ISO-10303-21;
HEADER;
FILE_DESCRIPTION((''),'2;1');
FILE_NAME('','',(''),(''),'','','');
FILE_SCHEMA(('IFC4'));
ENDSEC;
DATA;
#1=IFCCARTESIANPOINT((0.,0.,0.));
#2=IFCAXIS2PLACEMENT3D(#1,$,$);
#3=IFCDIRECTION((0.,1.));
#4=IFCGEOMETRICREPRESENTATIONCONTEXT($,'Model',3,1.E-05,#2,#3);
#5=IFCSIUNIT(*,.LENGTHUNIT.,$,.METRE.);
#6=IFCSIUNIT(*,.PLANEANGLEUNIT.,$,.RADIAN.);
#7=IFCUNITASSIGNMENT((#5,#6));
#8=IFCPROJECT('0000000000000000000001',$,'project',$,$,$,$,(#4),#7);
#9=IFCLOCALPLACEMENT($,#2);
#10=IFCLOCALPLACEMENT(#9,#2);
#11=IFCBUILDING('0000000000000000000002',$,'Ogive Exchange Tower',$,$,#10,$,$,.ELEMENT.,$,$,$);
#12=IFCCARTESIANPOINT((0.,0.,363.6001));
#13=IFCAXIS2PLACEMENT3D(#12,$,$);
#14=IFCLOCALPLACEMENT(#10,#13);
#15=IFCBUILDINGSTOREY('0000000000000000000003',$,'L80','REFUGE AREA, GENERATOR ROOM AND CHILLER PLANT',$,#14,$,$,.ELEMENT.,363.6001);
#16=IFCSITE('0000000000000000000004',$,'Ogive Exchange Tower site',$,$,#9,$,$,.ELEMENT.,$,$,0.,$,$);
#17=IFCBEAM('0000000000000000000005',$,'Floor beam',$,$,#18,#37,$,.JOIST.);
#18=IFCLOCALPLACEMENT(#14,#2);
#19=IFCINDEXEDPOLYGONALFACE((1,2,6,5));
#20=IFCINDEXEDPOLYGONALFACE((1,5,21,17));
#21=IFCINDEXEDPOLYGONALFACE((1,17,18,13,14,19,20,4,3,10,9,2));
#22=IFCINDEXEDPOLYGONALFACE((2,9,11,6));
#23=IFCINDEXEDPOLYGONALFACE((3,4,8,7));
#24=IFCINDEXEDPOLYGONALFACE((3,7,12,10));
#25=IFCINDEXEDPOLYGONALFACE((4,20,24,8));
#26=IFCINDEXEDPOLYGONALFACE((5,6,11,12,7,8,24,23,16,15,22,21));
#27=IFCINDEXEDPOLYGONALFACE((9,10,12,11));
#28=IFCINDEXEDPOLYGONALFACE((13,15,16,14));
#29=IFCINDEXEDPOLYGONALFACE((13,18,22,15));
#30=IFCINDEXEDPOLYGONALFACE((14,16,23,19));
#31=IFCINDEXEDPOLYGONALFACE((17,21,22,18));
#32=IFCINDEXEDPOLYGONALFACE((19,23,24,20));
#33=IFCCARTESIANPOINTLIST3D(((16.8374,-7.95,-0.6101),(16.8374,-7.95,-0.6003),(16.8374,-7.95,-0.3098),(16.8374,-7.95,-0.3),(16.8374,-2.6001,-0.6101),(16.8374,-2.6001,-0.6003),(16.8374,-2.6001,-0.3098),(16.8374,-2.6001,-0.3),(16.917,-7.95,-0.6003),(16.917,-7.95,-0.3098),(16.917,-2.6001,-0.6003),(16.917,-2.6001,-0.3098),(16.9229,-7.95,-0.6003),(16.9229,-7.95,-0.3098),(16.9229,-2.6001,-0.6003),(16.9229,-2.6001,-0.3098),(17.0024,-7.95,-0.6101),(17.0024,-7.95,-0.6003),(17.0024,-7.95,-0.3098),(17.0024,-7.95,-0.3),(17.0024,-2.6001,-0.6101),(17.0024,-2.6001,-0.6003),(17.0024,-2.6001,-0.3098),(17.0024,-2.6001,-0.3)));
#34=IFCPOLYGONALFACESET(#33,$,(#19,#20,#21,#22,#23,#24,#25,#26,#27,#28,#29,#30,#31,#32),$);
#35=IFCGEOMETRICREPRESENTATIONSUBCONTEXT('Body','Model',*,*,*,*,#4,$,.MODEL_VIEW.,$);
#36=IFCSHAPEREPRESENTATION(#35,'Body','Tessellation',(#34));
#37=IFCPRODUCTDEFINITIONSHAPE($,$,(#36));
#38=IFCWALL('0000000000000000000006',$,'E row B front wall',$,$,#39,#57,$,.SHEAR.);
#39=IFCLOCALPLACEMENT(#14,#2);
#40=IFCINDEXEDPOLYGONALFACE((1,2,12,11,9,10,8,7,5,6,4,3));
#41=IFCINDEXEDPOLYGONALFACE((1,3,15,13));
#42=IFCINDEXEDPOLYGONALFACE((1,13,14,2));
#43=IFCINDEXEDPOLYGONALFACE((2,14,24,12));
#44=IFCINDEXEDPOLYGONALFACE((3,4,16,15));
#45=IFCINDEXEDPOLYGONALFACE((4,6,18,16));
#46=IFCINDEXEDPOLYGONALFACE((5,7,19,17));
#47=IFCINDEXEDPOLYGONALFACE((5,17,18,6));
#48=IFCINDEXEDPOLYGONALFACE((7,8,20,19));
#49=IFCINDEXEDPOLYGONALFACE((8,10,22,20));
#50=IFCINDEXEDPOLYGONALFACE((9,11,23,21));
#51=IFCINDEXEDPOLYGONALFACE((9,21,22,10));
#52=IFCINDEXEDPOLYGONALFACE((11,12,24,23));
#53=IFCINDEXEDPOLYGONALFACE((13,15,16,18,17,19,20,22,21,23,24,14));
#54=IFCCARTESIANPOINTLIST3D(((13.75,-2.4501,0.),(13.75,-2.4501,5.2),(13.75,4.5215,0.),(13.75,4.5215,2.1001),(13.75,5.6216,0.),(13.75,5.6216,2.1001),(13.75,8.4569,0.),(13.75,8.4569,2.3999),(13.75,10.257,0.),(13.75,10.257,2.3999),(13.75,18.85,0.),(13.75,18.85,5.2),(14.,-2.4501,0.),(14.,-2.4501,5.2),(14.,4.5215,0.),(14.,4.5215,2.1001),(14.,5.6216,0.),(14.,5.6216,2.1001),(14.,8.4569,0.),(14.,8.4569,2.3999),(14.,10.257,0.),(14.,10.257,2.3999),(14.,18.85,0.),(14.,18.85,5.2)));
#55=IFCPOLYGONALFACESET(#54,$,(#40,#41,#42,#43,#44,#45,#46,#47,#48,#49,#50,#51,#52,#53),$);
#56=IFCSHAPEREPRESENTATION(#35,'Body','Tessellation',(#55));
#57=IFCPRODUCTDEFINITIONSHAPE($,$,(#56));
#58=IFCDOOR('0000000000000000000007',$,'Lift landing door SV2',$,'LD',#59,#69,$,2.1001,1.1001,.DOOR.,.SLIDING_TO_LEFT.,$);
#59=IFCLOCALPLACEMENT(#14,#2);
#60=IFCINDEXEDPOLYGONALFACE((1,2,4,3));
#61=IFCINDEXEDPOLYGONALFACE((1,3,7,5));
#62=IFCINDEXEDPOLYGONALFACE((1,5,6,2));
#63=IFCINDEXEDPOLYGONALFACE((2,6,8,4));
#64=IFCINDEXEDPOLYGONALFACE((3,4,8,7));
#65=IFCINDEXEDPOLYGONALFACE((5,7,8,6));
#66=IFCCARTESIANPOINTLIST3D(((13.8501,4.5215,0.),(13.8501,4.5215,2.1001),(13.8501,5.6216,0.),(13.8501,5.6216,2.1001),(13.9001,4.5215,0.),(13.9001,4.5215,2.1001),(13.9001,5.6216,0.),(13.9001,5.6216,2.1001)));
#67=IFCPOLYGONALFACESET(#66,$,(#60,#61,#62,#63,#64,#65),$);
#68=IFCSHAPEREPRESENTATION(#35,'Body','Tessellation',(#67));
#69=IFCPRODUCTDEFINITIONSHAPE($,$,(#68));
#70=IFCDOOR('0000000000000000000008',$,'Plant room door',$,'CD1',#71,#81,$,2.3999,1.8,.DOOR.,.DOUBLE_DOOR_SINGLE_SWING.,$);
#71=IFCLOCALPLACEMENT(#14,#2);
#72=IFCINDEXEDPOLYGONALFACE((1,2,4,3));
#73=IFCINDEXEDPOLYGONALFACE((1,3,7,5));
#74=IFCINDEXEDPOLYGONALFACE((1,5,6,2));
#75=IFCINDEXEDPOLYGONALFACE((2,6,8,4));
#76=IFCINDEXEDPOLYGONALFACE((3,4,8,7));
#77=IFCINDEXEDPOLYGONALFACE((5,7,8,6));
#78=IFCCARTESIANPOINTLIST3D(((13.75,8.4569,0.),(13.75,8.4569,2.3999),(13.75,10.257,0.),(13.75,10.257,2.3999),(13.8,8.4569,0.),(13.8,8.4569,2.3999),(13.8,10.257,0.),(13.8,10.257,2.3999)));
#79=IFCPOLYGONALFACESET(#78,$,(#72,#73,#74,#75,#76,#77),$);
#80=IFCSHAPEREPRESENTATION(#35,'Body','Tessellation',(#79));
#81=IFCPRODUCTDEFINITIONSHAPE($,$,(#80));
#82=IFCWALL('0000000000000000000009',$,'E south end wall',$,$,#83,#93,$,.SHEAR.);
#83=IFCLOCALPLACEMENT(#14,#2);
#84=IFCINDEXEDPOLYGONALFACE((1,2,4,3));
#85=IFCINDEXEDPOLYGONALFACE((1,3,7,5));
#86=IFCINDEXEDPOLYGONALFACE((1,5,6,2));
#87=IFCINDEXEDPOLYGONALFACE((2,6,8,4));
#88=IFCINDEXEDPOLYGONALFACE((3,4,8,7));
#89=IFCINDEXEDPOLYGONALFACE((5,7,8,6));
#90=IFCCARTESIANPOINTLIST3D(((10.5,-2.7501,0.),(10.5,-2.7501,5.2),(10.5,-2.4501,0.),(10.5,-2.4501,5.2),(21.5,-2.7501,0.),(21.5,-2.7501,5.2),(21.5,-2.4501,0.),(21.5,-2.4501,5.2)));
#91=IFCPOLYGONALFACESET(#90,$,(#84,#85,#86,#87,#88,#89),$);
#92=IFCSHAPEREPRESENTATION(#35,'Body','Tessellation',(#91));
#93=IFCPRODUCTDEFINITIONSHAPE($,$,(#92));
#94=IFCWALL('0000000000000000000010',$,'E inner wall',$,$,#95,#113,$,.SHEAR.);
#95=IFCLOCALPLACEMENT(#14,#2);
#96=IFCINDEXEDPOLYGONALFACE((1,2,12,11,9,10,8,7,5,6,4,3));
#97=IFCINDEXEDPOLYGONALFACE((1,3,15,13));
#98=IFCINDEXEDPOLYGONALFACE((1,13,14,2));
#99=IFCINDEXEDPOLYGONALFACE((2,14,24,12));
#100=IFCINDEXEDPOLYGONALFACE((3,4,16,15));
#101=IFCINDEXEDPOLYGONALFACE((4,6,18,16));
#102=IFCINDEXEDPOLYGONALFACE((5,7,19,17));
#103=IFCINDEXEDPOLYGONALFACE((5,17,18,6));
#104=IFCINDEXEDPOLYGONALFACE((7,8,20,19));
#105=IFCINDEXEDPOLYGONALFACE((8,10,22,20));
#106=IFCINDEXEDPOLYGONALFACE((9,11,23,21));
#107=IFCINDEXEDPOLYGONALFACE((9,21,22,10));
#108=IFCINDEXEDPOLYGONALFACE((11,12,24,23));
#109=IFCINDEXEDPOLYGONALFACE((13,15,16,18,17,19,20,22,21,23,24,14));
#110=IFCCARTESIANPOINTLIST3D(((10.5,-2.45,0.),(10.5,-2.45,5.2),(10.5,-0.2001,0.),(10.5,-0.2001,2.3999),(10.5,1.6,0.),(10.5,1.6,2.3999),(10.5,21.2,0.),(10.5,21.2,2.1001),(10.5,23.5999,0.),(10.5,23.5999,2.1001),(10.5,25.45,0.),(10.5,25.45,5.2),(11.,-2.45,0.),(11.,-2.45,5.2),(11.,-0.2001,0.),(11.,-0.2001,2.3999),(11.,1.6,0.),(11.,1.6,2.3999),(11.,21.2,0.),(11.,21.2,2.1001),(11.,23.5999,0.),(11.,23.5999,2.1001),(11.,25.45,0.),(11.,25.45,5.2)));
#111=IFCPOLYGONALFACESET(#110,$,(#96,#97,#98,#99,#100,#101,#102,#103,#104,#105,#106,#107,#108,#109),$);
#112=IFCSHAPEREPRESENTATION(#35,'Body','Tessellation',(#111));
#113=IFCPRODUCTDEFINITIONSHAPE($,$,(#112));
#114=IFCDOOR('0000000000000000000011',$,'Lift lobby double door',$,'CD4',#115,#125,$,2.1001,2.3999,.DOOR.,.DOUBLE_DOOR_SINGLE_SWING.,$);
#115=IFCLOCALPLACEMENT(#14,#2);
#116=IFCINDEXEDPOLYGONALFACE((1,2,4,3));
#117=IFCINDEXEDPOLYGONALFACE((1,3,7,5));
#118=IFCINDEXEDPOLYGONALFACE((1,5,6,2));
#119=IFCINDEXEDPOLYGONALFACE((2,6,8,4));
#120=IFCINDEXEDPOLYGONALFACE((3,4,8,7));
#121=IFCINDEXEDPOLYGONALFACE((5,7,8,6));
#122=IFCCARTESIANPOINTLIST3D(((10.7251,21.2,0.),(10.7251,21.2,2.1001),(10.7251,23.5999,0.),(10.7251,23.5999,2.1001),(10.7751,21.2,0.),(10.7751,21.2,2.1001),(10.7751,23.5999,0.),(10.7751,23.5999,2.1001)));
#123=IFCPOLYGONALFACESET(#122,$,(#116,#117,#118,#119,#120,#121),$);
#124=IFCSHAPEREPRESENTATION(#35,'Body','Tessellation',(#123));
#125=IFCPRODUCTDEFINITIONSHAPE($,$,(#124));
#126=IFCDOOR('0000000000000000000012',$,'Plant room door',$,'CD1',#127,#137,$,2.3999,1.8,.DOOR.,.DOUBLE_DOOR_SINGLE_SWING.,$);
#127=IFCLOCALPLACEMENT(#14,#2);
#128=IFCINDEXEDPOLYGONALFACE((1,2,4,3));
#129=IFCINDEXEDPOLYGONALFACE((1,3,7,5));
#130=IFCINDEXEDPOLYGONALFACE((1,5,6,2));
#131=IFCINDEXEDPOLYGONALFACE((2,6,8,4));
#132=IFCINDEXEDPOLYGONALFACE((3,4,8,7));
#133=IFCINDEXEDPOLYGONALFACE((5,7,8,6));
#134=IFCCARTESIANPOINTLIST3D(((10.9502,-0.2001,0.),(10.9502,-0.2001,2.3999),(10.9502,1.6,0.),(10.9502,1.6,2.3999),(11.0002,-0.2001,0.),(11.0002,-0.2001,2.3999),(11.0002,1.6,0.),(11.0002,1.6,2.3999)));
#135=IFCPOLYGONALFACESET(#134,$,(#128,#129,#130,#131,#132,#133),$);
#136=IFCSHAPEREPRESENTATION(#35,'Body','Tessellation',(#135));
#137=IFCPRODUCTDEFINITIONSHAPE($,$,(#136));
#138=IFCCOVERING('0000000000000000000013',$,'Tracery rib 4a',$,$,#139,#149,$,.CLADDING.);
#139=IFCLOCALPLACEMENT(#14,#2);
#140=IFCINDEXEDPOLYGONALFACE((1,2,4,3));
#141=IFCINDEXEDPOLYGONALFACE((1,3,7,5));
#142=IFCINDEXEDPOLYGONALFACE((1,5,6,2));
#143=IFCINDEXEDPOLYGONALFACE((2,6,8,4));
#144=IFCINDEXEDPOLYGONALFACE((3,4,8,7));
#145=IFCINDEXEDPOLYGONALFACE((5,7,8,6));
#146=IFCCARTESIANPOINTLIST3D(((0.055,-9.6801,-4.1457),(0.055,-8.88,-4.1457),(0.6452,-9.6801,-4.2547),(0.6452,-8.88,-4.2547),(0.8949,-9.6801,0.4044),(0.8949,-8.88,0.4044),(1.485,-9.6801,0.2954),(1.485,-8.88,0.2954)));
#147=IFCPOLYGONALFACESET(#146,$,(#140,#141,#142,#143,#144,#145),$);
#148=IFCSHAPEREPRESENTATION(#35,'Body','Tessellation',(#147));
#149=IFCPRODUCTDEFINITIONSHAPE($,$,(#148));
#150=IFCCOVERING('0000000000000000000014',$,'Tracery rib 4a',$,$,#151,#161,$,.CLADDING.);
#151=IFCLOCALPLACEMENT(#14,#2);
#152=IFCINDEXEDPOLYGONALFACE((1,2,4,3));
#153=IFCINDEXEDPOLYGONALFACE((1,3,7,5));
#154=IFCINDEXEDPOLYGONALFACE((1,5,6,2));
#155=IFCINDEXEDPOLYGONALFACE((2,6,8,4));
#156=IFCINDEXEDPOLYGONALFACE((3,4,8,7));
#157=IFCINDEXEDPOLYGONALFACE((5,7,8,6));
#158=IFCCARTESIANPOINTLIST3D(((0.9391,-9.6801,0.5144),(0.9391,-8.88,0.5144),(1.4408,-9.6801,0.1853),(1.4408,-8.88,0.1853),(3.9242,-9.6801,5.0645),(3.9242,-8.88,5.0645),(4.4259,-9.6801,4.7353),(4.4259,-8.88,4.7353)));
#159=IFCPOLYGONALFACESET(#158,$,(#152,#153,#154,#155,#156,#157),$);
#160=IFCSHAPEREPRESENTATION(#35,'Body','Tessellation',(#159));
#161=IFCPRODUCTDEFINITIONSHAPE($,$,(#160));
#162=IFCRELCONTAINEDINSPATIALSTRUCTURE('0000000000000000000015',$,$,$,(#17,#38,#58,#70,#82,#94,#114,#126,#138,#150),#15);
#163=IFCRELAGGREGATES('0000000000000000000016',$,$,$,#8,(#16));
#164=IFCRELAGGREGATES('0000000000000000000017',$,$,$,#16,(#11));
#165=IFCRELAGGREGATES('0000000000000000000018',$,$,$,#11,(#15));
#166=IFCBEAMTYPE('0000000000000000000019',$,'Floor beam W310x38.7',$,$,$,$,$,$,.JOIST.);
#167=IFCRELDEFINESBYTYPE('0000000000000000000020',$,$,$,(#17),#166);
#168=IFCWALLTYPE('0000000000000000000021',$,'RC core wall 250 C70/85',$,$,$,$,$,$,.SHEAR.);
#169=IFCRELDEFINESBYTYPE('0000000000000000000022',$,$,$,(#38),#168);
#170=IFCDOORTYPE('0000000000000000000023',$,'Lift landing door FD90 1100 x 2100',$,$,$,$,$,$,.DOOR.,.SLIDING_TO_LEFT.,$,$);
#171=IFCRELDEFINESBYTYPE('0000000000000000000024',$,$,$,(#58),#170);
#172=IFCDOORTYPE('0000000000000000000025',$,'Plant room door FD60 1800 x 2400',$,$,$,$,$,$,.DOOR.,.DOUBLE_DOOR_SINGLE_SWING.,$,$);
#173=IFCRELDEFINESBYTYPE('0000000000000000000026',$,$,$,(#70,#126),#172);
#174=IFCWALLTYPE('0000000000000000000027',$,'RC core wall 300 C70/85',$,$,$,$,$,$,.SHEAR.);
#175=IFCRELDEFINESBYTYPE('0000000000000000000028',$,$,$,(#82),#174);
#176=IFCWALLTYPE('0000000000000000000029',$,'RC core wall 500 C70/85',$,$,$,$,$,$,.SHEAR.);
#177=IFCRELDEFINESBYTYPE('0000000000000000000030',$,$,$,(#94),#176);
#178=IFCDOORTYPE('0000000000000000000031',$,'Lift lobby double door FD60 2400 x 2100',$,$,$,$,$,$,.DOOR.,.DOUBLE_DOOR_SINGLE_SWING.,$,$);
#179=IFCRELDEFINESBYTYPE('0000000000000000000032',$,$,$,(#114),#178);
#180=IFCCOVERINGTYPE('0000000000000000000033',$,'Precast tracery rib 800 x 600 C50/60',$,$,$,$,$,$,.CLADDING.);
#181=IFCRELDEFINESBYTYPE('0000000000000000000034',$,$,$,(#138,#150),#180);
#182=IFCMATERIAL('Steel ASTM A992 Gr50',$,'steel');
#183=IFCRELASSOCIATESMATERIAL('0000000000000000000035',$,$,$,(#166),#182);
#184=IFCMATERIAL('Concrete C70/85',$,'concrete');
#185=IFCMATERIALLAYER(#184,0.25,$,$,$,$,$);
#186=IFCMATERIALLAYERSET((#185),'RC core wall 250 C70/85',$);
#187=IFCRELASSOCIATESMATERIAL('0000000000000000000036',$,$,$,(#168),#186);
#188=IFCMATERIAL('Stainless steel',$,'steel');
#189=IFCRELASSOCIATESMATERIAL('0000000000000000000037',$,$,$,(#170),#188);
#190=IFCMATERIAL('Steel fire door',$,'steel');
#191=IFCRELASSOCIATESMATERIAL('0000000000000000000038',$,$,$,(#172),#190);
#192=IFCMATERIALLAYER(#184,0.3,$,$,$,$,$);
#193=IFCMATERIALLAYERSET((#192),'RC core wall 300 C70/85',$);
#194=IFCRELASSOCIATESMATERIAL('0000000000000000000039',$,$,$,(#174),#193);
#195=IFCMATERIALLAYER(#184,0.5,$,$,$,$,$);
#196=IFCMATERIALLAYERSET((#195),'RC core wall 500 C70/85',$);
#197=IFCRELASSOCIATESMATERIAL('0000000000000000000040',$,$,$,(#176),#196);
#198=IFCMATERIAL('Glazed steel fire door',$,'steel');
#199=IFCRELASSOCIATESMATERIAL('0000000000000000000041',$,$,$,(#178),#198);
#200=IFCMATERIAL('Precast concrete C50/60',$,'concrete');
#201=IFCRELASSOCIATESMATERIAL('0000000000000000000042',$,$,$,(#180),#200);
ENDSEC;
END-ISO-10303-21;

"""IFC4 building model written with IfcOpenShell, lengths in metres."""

from ifc_helpers import new_model, si_unit, direction, frame, frame_2d, origin, origin_2d, place, context, subcontext, project, spatial, rectangle, i_section, extrude, material, layer, layer_set, material_profile, profile_set, type_object, element, fill, save


model = new_model("IFC4")

# Units and contexts
model_context = context("Model", 3, precision=1e-05, world=origin(), true_north=direction((0.0, 1.0)))
body_context = subcontext(model_context, "Body", "Model", "MODEL_VIEW")
ifc_project = project(units=[si_unit("LENGTHUNIT", "METRE"), si_unit("PLANEANGLEUNIT", "RADIAN")], contexts=[model_context])

# Site, building, storey
site_placement = place(None, origin())
site = spatial("IfcSite", under=ifc_project, at=site_placement, Name="Ogive Exchange Tower site", CompositionType="ELEMENT", RefElevation=0.0)
building_placement = place(site_placement, origin())
building = spatial("IfcBuilding", under=site, at=building_placement, Name="Ogive Exchange Tower", CompositionType="ELEMENT")
storey_placement = place(building_placement, frame((0.0, 0.0, 363.6001)))
storey = spatial("IfcBuildingStorey", under=building, at=storey_placement, Name="L80", Description="REFUGE AREA, GENERATOR ROOM AND CHILLER PLANT", CompositionType="ELEMENT", Elevation=363.6001)

# Shared definitions
ifc_material_1 = material(Name="Steel ASTM A992 Gr50", Category="steel")

# Beam
ifc_material_profile_1 = material_profile(ifc_material_1, i_section(OverallWidth=0.165, OverallDepth=0.3101, WebThickness=0.0059, FlangeThickness=0.0098, at=origin_2d()), Name="W310x38.7")
ifc_profile_set_1 = profile_set([ifc_material_profile_1], Name="Steel ASTM A992 Gr50")
beam_type_1 = type_object("IfcBeamType", Name="Floor beam W310x38.7", PredefinedType="JOIST", material=ifc_profile_set_1)
for number, where, z_axis, x_axis, name in (
    (1, (16.9199, -7.95, -0.4551), (0.0, 1.0, 0.0), (-1.0, 0.0, 0.0), "Floor beam"),
):
    element("IfcBeam", number, at=place(storey_placement, frame(where, z_axis=z_axis, x_axis=x_axis)), inside=storey, type_object=beam_type_1, Name=name, PredefinedType="JOIST", context=body_context, shape_type="SweptSolid", body=[
        extrude(i_section(OverallWidth=0.165, OverallDepth=0.3101, WebThickness=0.0059, FlangeThickness=0.0098, at=origin_2d()), origin(), (0.0, 0.0, 1.0), 5.3499),
    ])

# Wall, openings, doors
ifc_material_2 = material(Name="Concrete C70/85", Category="concrete")
ifc_layer_1 = layer(ifc_material_2, 0.25)
ifc_layer_set_1 = layer_set([ifc_layer_1], Name="RC core wall 250 C70/85")
wall_type_1 = type_object("IfcWallType", Name="RC core wall 250 C70/85", PredefinedType="SHEAR", material=ifc_layer_set_1)
wall_1_placement = place(storey_placement, frame((13.875, -2.45, 0.0), z_axis=(0.0, 0.0, 1.0), x_axis=(0.0, 1.0, 0.0)))
wall_1 = element("IfcWall", 2, at=wall_1_placement, inside=storey, type_object=wall_type_1, Name="E row B front wall", PredefinedType="SHEAR", context=body_context, shape_type="SweptSolid", body=[
    extrude(rectangle(XDim=21.3, YDim=0.25, at=frame_2d((10.6499, 0.0))), origin(), (0.0, 0.0, 1.0), 5.2),
])
opening_1_placement = place(wall_1_placement, frame((10.907, 0.0, 0.0)))
opening_1 = element("IfcOpeningElement", 3, at=opening_1_placement, cuts=wall_1, PredefinedType="OPENING", context=body_context, shape_type="SweptSolid", body=[
    extrude(rectangle(XDim=1.8, YDim=2.3999, at=frame_2d((0.8999, 1.2))), frame((0.0, 0.135, 0.0), z_axis=(0.0, -1.0, 0.0), x_axis=(1.0, 0.0, 0.0)), (0.0, 0.0, 1.0), 0.27),
])
opening_2_placement = place(wall_1_placement, frame((6.9714, 0.0, 0.0)))
opening_2 = element("IfcOpeningElement", 4, at=opening_2_placement, cuts=wall_1, PredefinedType="OPENING", context=body_context, shape_type="SweptSolid", body=[
    extrude(rectangle(XDim=1.1001, YDim=2.1001, at=frame_2d((0.55, 1.05))), frame((0.0, 0.135, 0.0), z_axis=(0.0, -1.0, 0.0), x_axis=(1.0, 0.0, 0.0)), (0.0, 0.0, 1.0), 0.27),
])
ifc_material_3 = material(Name="Stainless steel", Category="steel")
door_type_1 = type_object("IfcDoorType", Name="Lift landing door FD90 1100 x 2100", OperationType="SLIDING_TO_LEFT", PredefinedType="DOOR", material=ifc_material_3)
door_1_placement = place(opening_2_placement, origin())
door_1 = element("IfcDoor", 5, at=door_1_placement, inside=storey, type_object=door_type_1, Name="Lift landing door SV2", ObjectType="LD", OperationType="SLIDING_TO_LEFT", OverallHeight=2.1001, OverallWidth=1.1001, PredefinedType="DOOR", context=body_context, shape_type="SweptSolid", body=[
    extrude(rectangle(XDim=1.1001, YDim=2.1001, at=frame_2d((0.55, 1.05))), frame((0.0, 0.0249, 0.0), z_axis=(0.0, -1.0, 0.0), x_axis=(1.0, 0.0, 0.0)), (0.0, 0.0, 1.0), 0.05),
])
fill(opening_2, door_1)
ifc_material_4 = material(Name="Steel fire door", Category="steel")
door_type_2 = type_object("IfcDoorType", Name="Plant room door FD60 1800 x 2400", OperationType="DOUBLE_DOOR_SINGLE_SWING", PredefinedType="DOOR", material=ifc_material_4)
door_2_placement = place(opening_1_placement, origin())
door_2 = element("IfcDoor", 6, at=door_2_placement, inside=storey, type_object=door_type_2, Name="Plant room door", ObjectType="CD1", OperationType="DOUBLE_DOOR_SINGLE_SWING", OverallHeight=2.3999, OverallWidth=1.8, PredefinedType="DOOR", context=body_context, shape_type="SweptSolid", body=[
    extrude(rectangle(XDim=1.8, YDim=2.3999, at=frame_2d((0.8999, 1.2))), frame((0.0, 0.125, 0.0), z_axis=(0.0, -1.0, 0.0), x_axis=(1.0, 0.0, 0.0)), (0.0, 0.0, 1.0), 0.05),
])
fill(opening_1, door_2)

# Wall
ifc_layer_2 = layer(ifc_material_2, 0.3)
ifc_layer_set_2 = layer_set([ifc_layer_2], Name="RC core wall 300 C70/85")
wall_type_2 = type_object("IfcWallType", Name="RC core wall 300 C70/85", PredefinedType="SHEAR", material=ifc_layer_set_2)
wall_2_placement = place(storey_placement, frame((10.5, -2.6001, 0.0), z_axis=(0.0, 0.0, 1.0), x_axis=(1.0, 0.0, 0.0)))
element("IfcWall", 7, at=wall_2_placement, inside=storey, type_object=wall_type_2, Name="E south end wall", PredefinedType="SHEAR", context=body_context, shape_type="SweptSolid", body=[
    extrude(rectangle(XDim=11.0, YDim=0.3, at=frame_2d((5.5, 0.0))), origin(), (0.0, 0.0, 1.0), 5.2),
])

# Wall, openings, doors
ifc_layer_3 = layer(ifc_material_2, 0.5)
ifc_layer_set_3 = layer_set([ifc_layer_3], Name="RC core wall 500 C70/85")
wall_type_3 = type_object("IfcWallType", Name="RC core wall 500 C70/85", PredefinedType="SHEAR", material=ifc_layer_set_3)
wall_3_placement = place(storey_placement, frame((10.75, -2.45, 0.0), z_axis=(0.0, 0.0, 1.0), x_axis=(0.0, 1.0, 0.0)))
wall_3 = element("IfcWall", 8, at=wall_3_placement, inside=storey, type_object=wall_type_3, Name="E inner wall", PredefinedType="SHEAR", context=body_context, shape_type="SweptSolid", body=[
    extrude(rectangle(XDim=27.8999, YDim=0.5, at=frame_2d((13.95, 0.0))), origin(), (0.0, 0.0, 1.0), 5.2),
])
opening_3_placement = place(wall_3_placement, frame((23.6499, 0.0, 0.0)))
opening_3 = element("IfcOpeningElement", 9, at=opening_3_placement, cuts=wall_3, PredefinedType="OPENING", context=body_context, shape_type="SweptSolid", body=[
    extrude(rectangle(XDim=2.3999, YDim=2.1001, at=frame_2d((1.2, 1.05))), frame((0.0, 0.26, 0.0), z_axis=(0.0, -1.0, 0.0), x_axis=(1.0, 0.0, 0.0)), (0.0, 0.0, 1.0), 0.52),
])
opening_4_placement = place(wall_3_placement, frame((2.25, 0.0, 0.0)))
opening_4 = element("IfcOpeningElement", 10, at=opening_4_placement, cuts=wall_3, PredefinedType="OPENING", context=body_context, shape_type="SweptSolid", body=[
    extrude(rectangle(XDim=1.8, YDim=2.3999, at=frame_2d((0.8999, 1.2))), frame((0.0, 0.26, 0.0), z_axis=(0.0, -1.0, 0.0), x_axis=(1.0, 0.0, 0.0)), (0.0, 0.0, 1.0), 0.52),
])
ifc_material_5 = material(Name="Glazed steel fire door", Category="steel")
door_type_3 = type_object("IfcDoorType", Name="Lift lobby double door FD60 2400 x 2100", OperationType="DOUBLE_DOOR_SINGLE_SWING", PredefinedType="DOOR", material=ifc_material_5)
door_3_placement = place(opening_3_placement, origin())
door_3 = element("IfcDoor", 11, at=door_3_placement, inside=storey, type_object=door_type_3, Name="Lift lobby double door", ObjectType="CD4", OperationType="DOUBLE_DOOR_SINGLE_SWING", OverallHeight=2.1001, OverallWidth=2.3999, PredefinedType="DOOR", context=body_context, shape_type="SweptSolid", body=[
    extrude(rectangle(XDim=2.3999, YDim=2.1001, at=frame_2d((1.2, 1.05))), frame((0.0, 0.0249, 0.0), z_axis=(0.0, -1.0, 0.0), x_axis=(1.0, 0.0, 0.0)), (0.0, 0.0, 1.0), 0.05),
])
fill(opening_3, door_3)
door_4_placement = place(opening_4_placement, origin())
door_4 = element("IfcDoor", 12, at=door_4_placement, inside=storey, type_object=door_type_2, Name="Plant room door", ObjectType="CD1", OperationType="DOUBLE_DOOR_SINGLE_SWING", OverallHeight=2.3999, OverallWidth=1.8, PredefinedType="DOOR", context=body_context, shape_type="SweptSolid", body=[
    extrude(rectangle(XDim=1.8, YDim=2.3999, at=frame_2d((0.8999, 1.2))), frame((0.0, -0.2002, 0.0), z_axis=(0.0, -1.0, 0.0), x_axis=(1.0, 0.0, 0.0)), (0.0, 0.0, 1.0), 0.05),
])
fill(opening_4, door_4)

# Coverings
ifc_material_6 = material(Name="Precast concrete C50/60", Category="concrete")
ifc_material_profile_2 = material_profile(ifc_material_6, rectangle(XDim=0.8, YDim=0.6001, at=origin_2d()), Name="RIB 800 x 600")
ifc_profile_set_2 = profile_set([ifc_material_profile_2], Name="Precast concrete C50/60")
covering_type = type_object("IfcCoveringType", Name="Precast tracery rib 800 x 600 C50/60", PredefinedType="CLADDING", material=ifc_profile_set_2)
covering_1_placement = place(storey_placement, frame((0.3501, -9.28, -4.2002), z_axis=(0.181513, 0.0, 0.983389), x_axis=(0.0, 1.0, 0.0)))
element("IfcCovering", 13, at=covering_1_placement, inside=storey, type_object=covering_type, Name="Tracery rib 4a", PredefinedType="CLADDING", context=body_context, shape_type="SweptSolid", body=[
    extrude(rectangle(XDim=0.8, YDim=0.6001, at=origin_2d()), origin(), (0.0, 0.0, 1.0), 4.627),
])
covering_2_placement = place(storey_placement, frame((1.1899, -9.28, 0.3499), z_axis=(0.548546, 0.0, 0.836121), x_axis=(0.0, 1.0, 0.0)))
element("IfcCovering", 14, at=covering_2_placement, inside=storey, type_object=covering_type, Name="Tracery rib 4a", PredefinedType="CLADDING", context=body_context, shape_type="SweptSolid", body=[
    extrude(rectangle(XDim=0.8, YDim=0.6001, at=origin_2d()), origin(), (0.0, 0.0, 1.0), 5.4419),
])

save(model, "model.ifc")
